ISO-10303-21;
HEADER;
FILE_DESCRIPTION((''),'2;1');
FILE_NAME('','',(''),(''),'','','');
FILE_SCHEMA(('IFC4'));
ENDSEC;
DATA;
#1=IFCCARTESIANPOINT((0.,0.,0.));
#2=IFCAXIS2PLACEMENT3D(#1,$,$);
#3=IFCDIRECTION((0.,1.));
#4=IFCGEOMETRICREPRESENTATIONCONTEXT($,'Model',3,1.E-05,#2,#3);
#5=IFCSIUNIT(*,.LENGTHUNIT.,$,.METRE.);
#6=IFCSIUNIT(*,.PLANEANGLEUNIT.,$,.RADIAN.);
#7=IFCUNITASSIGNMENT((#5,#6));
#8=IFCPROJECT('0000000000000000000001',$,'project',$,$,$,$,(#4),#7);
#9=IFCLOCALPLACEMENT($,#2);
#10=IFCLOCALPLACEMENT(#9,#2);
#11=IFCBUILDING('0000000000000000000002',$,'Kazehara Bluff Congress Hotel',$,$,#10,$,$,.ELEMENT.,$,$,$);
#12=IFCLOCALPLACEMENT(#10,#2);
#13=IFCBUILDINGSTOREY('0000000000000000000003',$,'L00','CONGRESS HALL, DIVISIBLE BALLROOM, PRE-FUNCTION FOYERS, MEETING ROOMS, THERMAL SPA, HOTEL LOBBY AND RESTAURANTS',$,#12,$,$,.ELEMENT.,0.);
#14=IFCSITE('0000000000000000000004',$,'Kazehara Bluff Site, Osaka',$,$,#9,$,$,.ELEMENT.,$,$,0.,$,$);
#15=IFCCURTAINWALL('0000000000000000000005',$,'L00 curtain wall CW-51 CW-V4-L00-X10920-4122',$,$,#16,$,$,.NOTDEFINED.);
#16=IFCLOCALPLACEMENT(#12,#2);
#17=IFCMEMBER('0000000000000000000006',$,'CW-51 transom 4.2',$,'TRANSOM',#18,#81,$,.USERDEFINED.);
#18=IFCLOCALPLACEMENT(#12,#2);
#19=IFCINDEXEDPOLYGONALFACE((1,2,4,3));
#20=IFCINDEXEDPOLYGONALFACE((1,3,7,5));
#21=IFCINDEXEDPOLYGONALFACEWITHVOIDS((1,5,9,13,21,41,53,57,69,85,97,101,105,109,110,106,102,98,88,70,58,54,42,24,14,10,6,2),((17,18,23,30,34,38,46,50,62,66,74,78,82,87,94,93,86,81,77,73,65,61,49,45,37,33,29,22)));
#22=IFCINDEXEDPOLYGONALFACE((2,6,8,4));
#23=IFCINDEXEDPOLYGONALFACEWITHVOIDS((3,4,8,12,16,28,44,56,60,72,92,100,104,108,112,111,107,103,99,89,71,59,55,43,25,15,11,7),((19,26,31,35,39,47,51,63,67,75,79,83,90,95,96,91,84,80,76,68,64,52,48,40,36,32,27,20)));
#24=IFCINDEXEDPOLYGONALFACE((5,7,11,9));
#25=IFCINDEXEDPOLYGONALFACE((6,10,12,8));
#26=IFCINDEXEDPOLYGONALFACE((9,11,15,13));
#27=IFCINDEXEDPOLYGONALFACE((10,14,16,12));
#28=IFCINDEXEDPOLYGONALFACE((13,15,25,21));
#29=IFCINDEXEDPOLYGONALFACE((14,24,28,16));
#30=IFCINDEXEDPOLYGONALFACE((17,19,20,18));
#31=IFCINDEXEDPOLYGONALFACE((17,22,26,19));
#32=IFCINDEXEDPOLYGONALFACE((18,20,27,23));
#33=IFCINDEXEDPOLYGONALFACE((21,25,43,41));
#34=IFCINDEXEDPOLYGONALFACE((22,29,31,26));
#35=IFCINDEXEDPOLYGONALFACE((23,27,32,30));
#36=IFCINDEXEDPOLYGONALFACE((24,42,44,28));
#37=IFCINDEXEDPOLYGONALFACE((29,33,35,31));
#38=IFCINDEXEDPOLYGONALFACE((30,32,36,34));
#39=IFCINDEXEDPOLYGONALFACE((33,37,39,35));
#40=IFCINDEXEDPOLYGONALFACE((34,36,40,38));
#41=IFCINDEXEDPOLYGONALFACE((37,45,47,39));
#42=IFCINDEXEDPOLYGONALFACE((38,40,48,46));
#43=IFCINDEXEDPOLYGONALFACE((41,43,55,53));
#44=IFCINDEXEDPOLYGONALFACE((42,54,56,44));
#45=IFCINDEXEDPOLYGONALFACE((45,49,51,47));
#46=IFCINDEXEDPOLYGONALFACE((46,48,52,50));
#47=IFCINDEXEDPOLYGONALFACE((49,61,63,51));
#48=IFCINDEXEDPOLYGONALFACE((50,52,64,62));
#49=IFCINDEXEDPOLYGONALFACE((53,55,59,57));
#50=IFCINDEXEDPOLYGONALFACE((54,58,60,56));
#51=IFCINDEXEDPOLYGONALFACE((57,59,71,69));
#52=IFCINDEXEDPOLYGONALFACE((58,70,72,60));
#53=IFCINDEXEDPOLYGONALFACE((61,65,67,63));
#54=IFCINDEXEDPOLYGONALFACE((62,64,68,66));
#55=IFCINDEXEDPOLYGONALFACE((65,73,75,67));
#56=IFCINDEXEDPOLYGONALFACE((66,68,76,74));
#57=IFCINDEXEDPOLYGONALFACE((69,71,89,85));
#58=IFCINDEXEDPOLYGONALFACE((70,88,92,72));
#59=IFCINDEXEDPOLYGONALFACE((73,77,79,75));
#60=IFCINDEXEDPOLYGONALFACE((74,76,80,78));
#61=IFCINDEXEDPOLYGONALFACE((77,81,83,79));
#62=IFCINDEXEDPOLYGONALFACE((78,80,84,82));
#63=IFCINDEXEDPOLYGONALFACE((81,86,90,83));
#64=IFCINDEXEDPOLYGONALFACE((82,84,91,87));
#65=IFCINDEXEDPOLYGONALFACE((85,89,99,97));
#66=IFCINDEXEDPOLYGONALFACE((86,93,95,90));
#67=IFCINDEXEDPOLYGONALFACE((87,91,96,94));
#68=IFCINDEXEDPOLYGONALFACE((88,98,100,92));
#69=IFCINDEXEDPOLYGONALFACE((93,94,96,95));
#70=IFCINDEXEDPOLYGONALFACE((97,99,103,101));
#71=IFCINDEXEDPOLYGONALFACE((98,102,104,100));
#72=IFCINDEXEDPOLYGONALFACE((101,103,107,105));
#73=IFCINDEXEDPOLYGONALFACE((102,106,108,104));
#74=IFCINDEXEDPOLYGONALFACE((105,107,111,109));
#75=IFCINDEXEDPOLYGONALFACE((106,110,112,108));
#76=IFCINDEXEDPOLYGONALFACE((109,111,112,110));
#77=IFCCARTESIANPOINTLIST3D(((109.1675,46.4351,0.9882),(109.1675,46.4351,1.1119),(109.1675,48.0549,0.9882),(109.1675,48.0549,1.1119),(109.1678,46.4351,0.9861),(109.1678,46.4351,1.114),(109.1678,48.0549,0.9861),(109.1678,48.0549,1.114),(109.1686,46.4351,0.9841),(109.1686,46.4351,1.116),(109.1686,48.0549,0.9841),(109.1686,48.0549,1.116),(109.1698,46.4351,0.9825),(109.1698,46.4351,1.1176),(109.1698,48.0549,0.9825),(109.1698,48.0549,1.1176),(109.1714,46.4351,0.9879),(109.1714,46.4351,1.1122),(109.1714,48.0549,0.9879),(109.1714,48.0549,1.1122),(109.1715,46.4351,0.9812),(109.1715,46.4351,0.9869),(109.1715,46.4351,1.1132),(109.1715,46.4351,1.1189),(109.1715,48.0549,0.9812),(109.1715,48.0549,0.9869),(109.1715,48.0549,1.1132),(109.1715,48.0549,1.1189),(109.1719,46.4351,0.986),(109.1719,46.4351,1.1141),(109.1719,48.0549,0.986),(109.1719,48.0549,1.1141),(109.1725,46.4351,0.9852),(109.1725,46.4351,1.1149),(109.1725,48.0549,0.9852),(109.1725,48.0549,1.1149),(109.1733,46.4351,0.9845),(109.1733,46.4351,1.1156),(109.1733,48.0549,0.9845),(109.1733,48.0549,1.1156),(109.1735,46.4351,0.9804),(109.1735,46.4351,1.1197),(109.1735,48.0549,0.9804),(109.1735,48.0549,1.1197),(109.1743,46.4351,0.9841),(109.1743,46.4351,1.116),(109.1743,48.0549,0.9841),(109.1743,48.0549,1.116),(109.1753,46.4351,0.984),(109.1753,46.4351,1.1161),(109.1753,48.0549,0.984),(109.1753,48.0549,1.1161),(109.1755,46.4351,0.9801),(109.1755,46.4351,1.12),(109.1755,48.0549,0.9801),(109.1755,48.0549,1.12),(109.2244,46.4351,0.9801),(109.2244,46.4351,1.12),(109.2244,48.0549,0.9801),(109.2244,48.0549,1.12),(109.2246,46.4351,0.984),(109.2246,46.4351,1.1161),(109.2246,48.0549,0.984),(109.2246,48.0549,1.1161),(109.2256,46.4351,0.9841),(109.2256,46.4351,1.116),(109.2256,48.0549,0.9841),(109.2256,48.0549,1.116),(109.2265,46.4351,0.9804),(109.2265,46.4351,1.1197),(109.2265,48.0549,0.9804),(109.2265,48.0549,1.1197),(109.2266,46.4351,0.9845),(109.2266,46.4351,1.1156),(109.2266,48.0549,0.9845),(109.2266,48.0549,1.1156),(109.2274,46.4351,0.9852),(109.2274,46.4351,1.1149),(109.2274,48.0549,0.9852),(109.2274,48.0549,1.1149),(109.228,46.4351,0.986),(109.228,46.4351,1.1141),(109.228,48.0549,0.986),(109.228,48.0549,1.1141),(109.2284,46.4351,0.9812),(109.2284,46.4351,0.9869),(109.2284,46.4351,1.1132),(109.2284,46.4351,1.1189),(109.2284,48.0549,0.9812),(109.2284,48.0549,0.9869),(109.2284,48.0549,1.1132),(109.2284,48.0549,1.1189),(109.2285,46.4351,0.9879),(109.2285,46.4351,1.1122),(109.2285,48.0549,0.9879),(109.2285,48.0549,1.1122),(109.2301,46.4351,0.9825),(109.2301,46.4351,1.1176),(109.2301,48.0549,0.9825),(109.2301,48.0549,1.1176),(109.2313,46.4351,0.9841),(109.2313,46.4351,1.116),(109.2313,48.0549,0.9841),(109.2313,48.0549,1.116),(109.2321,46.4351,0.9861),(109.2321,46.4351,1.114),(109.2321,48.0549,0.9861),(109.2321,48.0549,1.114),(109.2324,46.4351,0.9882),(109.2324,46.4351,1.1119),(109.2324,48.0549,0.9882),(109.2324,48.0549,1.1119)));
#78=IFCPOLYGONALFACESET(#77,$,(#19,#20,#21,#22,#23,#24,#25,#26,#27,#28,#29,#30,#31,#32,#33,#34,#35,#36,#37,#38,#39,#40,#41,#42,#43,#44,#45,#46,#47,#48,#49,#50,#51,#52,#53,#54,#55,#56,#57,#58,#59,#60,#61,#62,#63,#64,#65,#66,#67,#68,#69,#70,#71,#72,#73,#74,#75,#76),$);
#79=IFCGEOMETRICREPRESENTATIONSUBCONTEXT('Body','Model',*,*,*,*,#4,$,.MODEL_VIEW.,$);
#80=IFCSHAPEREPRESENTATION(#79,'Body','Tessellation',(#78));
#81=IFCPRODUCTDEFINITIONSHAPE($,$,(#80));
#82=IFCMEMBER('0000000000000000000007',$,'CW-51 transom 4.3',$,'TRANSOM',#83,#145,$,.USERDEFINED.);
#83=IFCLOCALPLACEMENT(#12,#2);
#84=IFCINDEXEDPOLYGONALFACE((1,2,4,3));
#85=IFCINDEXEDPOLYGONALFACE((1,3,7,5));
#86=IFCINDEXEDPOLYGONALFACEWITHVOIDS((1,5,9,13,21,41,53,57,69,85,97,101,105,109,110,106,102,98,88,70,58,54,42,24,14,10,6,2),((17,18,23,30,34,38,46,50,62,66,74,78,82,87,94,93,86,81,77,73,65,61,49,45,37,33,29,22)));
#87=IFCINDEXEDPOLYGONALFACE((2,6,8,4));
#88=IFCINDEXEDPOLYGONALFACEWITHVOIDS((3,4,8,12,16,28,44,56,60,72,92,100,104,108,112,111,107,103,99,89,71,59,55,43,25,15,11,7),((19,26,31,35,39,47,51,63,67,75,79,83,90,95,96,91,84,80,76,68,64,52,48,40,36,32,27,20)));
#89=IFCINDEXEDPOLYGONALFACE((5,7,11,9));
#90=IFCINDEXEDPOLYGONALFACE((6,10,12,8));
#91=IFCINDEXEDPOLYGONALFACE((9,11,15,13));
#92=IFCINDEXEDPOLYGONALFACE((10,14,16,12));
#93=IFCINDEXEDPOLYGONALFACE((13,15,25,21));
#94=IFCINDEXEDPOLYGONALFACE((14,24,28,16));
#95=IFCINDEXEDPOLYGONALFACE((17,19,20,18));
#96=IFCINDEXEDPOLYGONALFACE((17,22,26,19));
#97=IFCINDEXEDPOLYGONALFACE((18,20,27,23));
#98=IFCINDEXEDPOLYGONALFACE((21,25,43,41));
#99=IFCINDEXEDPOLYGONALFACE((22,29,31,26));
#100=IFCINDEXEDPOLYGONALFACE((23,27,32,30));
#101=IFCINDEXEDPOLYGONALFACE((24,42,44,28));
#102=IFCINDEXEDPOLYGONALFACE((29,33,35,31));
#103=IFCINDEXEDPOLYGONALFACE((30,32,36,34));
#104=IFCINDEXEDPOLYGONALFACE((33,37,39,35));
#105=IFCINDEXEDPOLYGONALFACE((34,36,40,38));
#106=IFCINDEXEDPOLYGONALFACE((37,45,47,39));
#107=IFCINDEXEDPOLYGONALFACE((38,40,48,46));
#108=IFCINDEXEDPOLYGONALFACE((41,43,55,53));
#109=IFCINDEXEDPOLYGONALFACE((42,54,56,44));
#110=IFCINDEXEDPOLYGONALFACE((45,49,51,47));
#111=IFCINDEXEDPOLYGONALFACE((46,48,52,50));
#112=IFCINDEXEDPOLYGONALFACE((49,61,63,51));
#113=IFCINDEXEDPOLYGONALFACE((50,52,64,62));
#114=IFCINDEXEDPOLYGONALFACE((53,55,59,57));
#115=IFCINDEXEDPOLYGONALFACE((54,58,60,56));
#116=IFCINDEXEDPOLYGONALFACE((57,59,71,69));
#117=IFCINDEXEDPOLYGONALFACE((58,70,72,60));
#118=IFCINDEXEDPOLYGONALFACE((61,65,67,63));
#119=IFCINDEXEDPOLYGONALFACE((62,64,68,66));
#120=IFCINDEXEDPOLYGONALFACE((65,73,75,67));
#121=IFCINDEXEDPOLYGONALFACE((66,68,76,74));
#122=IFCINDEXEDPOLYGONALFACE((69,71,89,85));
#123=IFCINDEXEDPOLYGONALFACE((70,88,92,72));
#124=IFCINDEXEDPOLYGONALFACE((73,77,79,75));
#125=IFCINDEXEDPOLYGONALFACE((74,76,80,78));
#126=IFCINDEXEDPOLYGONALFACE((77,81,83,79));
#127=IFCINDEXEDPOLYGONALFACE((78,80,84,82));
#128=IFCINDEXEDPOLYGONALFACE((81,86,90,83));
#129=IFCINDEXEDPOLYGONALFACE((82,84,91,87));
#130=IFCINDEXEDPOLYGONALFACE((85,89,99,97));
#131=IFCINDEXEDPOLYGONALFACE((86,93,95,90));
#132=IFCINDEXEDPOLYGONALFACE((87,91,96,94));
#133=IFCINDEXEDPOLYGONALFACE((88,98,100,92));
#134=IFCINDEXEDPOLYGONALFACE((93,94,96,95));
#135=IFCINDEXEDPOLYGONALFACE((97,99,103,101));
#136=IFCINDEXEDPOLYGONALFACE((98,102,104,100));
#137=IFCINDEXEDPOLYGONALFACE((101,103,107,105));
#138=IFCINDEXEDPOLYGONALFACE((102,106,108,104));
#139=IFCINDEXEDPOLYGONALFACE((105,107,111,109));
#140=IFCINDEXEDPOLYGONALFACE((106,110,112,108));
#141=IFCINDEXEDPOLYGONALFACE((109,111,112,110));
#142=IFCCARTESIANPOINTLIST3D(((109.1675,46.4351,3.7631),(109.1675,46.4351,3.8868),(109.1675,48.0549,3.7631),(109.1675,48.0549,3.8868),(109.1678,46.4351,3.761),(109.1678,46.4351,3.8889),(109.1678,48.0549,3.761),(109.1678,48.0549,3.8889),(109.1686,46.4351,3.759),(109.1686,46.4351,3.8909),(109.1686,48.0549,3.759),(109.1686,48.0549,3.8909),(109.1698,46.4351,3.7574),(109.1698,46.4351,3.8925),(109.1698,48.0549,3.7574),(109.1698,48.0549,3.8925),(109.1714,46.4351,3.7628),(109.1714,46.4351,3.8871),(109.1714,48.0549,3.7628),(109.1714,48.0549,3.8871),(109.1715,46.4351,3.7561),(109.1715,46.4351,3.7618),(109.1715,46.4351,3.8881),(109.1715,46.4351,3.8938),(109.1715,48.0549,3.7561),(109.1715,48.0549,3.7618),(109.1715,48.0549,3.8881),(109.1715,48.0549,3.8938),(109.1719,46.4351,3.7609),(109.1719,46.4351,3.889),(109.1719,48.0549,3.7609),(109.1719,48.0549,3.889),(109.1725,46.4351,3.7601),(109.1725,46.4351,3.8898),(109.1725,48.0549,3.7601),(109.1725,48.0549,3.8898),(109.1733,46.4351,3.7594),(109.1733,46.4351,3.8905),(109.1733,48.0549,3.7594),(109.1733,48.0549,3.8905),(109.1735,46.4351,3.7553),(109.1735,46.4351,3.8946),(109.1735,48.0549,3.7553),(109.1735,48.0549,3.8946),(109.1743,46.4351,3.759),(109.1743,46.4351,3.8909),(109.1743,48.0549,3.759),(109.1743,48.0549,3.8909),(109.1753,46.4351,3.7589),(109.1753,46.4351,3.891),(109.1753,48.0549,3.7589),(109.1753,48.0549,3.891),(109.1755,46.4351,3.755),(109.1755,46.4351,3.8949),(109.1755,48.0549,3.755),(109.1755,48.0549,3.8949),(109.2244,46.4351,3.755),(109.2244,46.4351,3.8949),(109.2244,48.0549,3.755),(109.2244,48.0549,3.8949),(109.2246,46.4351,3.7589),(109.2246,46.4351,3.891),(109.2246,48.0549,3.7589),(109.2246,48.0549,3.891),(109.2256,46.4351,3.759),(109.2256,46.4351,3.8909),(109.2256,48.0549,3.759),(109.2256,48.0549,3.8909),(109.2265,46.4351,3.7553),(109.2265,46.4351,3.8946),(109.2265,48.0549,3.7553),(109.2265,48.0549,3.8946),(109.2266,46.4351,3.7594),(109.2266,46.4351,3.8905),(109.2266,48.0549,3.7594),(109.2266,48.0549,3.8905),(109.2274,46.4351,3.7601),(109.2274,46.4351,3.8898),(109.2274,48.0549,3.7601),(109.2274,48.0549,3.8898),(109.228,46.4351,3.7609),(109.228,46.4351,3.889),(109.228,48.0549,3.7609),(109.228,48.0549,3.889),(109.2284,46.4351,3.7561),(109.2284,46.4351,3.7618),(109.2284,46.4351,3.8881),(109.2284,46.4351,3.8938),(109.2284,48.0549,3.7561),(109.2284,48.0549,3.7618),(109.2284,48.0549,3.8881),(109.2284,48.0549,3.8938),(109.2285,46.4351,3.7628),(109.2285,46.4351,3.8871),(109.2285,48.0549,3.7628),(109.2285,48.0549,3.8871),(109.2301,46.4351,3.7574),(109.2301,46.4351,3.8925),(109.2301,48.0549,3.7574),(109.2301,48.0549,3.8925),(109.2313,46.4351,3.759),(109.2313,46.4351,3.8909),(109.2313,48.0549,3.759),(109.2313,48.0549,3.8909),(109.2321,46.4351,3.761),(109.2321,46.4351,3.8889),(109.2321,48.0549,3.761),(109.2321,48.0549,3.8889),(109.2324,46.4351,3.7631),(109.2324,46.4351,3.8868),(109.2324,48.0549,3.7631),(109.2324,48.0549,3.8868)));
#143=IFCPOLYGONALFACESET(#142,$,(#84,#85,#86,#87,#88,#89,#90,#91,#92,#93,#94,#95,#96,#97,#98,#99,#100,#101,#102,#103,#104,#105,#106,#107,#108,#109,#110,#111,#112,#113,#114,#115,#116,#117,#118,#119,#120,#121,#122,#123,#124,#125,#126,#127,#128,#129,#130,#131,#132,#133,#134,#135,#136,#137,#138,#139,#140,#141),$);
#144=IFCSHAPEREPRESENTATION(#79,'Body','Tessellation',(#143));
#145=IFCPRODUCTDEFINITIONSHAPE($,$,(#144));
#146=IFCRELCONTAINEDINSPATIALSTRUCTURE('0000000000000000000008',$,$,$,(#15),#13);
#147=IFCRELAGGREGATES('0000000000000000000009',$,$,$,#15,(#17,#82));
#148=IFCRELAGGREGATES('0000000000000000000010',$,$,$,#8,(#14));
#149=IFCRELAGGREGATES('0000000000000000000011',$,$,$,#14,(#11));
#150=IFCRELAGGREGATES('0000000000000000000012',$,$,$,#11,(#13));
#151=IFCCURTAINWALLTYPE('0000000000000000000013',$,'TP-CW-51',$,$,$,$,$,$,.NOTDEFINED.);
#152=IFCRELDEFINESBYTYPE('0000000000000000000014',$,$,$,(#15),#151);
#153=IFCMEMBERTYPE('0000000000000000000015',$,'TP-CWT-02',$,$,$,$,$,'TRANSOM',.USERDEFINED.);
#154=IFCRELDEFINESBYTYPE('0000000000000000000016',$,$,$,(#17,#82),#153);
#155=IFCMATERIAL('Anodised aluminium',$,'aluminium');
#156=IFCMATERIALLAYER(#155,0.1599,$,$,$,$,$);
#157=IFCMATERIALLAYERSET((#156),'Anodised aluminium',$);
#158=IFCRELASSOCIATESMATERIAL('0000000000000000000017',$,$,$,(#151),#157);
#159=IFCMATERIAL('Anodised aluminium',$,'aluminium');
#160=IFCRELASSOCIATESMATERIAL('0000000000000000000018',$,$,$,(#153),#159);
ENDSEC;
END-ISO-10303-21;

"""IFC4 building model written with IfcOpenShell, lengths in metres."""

from ifc_helpers import new_model, si_unit, direction, frame, origin, origin_2d, place, context, subcontext, project, spatial, hollow_rectangle, extrude, material, layer, layer_set, material_profile, profile_set, type_object, element, aggregate, save


model = new_model("IFC4")

# Units and contexts
model_context = context("Model", 3, precision=1e-05, world=origin(), true_north=direction((0.0, 1.0)))
body_context = subcontext(model_context, "Body", "Model", "MODEL_VIEW")
ifc_project = project(units=[si_unit("LENGTHUNIT", "METRE"), si_unit("PLANEANGLEUNIT", "RADIAN")], contexts=[model_context])

# Site, building, storey
site_placement = place(None, origin())
site = spatial("IfcSite", under=ifc_project, at=site_placement, Name="Kazehara Bluff Site, Osaka", CompositionType="ELEMENT", RefElevation=0.0)
building_placement = place(site_placement, origin())
building = spatial("IfcBuilding", under=site, at=building_placement, Name="Kazehara Bluff Congress Hotel", CompositionType="ELEMENT")
storey_placement = place(building_placement, origin())
storey = spatial("IfcBuildingStorey", under=building, at=storey_placement, Name="L00", Description="CONGRESS HALL, DIVISIBLE BALLROOM, PRE-FUNCTION FOYERS, MEETING ROOMS, THERMAL SPA, HOTEL LOBBY AND RESTAURANTS", CompositionType="ELEMENT", Elevation=0.0)

# Curtain wall
ifc_material_1 = material(Name="Anodised aluminium", Category="aluminium")
ifc_layer_1 = layer(ifc_material_1, 0.1599)
ifc_layer_set_1 = layer_set([ifc_layer_1], Name="Anodised aluminium")
curtain_wall_type_1 = type_object("IfcCurtainWallType", Name="TP-CW-51", PredefinedType="NOTDEFINED", material=ifc_layer_set_1)
curtain_wall_1_placement = place(storey_placement, origin())
curtain_wall_1 = element("IfcCurtainWall", 1, at=curtain_wall_1_placement, inside=storey, type_object=curtain_wall_type_1, Name="L00 curtain wall CW-51 CW-V4-L00-X10920-4122", PredefinedType="NOTDEFINED")

# Members
ifc_material_2 = material(Name="Anodised aluminium", Category="aluminium")
ifc_material_profile_1 = material_profile(ifc_material_2, hollow_rectangle(XDim=0.0649, YDim=0.1399, WallThickness=0.0039, InnerFilletRadius=0.0039, OuterFilletRadius=0.0081, at=origin_2d()))
ifc_profile_set_1 = profile_set([ifc_material_profile_1], Name="Anodised aluminium")
member_type_1 = type_object("IfcMemberType", Name="TP-CWT-02", ElementType="TRANSOM", PredefinedType="USERDEFINED", material=ifc_profile_set_1)
member_1_placement = place(storey_placement, frame((109.2, 46.4351, 1.05), z_axis=(0.0, 1.0, 0.0), x_axis=(-1.0, 0.0, 0.0)))
member_1 = element("IfcMember", 2, at=member_1_placement, type_object=member_type_1, Name="CW-51 transom 4.2", ObjectType="TRANSOM", PredefinedType="USERDEFINED", context=body_context, shape_type="SweptSolid", body=[
    extrude(hollow_rectangle(XDim=0.0649, YDim=0.1399, WallThickness=0.0039, InnerFilletRadius=0.0039, OuterFilletRadius=0.0081, at=origin_2d()), origin(), (0.0, 0.0, 1.0), 1.6199),
])
member_2_placement = place(storey_placement, frame((109.2, 46.4351, 3.825), z_axis=(0.0, 1.0, 0.0), x_axis=(-1.0, 0.0, 0.0)))
member_2 = element("IfcMember", 3, at=member_2_placement, type_object=member_type_1, Name="CW-51 transom 4.3", ObjectType="TRANSOM", PredefinedType="USERDEFINED", context=body_context, shape_type="SweptSolid", body=[
    extrude(hollow_rectangle(XDim=0.0649, YDim=0.1399, WallThickness=0.0039, InnerFilletRadius=0.0039, OuterFilletRadius=0.0081, at=origin_2d()), origin(), (0.0, 0.0, 1.0), 1.6199),
])

aggregate(curtain_wall_1, [member_1, member_2])

save(model, "model.ifc")
